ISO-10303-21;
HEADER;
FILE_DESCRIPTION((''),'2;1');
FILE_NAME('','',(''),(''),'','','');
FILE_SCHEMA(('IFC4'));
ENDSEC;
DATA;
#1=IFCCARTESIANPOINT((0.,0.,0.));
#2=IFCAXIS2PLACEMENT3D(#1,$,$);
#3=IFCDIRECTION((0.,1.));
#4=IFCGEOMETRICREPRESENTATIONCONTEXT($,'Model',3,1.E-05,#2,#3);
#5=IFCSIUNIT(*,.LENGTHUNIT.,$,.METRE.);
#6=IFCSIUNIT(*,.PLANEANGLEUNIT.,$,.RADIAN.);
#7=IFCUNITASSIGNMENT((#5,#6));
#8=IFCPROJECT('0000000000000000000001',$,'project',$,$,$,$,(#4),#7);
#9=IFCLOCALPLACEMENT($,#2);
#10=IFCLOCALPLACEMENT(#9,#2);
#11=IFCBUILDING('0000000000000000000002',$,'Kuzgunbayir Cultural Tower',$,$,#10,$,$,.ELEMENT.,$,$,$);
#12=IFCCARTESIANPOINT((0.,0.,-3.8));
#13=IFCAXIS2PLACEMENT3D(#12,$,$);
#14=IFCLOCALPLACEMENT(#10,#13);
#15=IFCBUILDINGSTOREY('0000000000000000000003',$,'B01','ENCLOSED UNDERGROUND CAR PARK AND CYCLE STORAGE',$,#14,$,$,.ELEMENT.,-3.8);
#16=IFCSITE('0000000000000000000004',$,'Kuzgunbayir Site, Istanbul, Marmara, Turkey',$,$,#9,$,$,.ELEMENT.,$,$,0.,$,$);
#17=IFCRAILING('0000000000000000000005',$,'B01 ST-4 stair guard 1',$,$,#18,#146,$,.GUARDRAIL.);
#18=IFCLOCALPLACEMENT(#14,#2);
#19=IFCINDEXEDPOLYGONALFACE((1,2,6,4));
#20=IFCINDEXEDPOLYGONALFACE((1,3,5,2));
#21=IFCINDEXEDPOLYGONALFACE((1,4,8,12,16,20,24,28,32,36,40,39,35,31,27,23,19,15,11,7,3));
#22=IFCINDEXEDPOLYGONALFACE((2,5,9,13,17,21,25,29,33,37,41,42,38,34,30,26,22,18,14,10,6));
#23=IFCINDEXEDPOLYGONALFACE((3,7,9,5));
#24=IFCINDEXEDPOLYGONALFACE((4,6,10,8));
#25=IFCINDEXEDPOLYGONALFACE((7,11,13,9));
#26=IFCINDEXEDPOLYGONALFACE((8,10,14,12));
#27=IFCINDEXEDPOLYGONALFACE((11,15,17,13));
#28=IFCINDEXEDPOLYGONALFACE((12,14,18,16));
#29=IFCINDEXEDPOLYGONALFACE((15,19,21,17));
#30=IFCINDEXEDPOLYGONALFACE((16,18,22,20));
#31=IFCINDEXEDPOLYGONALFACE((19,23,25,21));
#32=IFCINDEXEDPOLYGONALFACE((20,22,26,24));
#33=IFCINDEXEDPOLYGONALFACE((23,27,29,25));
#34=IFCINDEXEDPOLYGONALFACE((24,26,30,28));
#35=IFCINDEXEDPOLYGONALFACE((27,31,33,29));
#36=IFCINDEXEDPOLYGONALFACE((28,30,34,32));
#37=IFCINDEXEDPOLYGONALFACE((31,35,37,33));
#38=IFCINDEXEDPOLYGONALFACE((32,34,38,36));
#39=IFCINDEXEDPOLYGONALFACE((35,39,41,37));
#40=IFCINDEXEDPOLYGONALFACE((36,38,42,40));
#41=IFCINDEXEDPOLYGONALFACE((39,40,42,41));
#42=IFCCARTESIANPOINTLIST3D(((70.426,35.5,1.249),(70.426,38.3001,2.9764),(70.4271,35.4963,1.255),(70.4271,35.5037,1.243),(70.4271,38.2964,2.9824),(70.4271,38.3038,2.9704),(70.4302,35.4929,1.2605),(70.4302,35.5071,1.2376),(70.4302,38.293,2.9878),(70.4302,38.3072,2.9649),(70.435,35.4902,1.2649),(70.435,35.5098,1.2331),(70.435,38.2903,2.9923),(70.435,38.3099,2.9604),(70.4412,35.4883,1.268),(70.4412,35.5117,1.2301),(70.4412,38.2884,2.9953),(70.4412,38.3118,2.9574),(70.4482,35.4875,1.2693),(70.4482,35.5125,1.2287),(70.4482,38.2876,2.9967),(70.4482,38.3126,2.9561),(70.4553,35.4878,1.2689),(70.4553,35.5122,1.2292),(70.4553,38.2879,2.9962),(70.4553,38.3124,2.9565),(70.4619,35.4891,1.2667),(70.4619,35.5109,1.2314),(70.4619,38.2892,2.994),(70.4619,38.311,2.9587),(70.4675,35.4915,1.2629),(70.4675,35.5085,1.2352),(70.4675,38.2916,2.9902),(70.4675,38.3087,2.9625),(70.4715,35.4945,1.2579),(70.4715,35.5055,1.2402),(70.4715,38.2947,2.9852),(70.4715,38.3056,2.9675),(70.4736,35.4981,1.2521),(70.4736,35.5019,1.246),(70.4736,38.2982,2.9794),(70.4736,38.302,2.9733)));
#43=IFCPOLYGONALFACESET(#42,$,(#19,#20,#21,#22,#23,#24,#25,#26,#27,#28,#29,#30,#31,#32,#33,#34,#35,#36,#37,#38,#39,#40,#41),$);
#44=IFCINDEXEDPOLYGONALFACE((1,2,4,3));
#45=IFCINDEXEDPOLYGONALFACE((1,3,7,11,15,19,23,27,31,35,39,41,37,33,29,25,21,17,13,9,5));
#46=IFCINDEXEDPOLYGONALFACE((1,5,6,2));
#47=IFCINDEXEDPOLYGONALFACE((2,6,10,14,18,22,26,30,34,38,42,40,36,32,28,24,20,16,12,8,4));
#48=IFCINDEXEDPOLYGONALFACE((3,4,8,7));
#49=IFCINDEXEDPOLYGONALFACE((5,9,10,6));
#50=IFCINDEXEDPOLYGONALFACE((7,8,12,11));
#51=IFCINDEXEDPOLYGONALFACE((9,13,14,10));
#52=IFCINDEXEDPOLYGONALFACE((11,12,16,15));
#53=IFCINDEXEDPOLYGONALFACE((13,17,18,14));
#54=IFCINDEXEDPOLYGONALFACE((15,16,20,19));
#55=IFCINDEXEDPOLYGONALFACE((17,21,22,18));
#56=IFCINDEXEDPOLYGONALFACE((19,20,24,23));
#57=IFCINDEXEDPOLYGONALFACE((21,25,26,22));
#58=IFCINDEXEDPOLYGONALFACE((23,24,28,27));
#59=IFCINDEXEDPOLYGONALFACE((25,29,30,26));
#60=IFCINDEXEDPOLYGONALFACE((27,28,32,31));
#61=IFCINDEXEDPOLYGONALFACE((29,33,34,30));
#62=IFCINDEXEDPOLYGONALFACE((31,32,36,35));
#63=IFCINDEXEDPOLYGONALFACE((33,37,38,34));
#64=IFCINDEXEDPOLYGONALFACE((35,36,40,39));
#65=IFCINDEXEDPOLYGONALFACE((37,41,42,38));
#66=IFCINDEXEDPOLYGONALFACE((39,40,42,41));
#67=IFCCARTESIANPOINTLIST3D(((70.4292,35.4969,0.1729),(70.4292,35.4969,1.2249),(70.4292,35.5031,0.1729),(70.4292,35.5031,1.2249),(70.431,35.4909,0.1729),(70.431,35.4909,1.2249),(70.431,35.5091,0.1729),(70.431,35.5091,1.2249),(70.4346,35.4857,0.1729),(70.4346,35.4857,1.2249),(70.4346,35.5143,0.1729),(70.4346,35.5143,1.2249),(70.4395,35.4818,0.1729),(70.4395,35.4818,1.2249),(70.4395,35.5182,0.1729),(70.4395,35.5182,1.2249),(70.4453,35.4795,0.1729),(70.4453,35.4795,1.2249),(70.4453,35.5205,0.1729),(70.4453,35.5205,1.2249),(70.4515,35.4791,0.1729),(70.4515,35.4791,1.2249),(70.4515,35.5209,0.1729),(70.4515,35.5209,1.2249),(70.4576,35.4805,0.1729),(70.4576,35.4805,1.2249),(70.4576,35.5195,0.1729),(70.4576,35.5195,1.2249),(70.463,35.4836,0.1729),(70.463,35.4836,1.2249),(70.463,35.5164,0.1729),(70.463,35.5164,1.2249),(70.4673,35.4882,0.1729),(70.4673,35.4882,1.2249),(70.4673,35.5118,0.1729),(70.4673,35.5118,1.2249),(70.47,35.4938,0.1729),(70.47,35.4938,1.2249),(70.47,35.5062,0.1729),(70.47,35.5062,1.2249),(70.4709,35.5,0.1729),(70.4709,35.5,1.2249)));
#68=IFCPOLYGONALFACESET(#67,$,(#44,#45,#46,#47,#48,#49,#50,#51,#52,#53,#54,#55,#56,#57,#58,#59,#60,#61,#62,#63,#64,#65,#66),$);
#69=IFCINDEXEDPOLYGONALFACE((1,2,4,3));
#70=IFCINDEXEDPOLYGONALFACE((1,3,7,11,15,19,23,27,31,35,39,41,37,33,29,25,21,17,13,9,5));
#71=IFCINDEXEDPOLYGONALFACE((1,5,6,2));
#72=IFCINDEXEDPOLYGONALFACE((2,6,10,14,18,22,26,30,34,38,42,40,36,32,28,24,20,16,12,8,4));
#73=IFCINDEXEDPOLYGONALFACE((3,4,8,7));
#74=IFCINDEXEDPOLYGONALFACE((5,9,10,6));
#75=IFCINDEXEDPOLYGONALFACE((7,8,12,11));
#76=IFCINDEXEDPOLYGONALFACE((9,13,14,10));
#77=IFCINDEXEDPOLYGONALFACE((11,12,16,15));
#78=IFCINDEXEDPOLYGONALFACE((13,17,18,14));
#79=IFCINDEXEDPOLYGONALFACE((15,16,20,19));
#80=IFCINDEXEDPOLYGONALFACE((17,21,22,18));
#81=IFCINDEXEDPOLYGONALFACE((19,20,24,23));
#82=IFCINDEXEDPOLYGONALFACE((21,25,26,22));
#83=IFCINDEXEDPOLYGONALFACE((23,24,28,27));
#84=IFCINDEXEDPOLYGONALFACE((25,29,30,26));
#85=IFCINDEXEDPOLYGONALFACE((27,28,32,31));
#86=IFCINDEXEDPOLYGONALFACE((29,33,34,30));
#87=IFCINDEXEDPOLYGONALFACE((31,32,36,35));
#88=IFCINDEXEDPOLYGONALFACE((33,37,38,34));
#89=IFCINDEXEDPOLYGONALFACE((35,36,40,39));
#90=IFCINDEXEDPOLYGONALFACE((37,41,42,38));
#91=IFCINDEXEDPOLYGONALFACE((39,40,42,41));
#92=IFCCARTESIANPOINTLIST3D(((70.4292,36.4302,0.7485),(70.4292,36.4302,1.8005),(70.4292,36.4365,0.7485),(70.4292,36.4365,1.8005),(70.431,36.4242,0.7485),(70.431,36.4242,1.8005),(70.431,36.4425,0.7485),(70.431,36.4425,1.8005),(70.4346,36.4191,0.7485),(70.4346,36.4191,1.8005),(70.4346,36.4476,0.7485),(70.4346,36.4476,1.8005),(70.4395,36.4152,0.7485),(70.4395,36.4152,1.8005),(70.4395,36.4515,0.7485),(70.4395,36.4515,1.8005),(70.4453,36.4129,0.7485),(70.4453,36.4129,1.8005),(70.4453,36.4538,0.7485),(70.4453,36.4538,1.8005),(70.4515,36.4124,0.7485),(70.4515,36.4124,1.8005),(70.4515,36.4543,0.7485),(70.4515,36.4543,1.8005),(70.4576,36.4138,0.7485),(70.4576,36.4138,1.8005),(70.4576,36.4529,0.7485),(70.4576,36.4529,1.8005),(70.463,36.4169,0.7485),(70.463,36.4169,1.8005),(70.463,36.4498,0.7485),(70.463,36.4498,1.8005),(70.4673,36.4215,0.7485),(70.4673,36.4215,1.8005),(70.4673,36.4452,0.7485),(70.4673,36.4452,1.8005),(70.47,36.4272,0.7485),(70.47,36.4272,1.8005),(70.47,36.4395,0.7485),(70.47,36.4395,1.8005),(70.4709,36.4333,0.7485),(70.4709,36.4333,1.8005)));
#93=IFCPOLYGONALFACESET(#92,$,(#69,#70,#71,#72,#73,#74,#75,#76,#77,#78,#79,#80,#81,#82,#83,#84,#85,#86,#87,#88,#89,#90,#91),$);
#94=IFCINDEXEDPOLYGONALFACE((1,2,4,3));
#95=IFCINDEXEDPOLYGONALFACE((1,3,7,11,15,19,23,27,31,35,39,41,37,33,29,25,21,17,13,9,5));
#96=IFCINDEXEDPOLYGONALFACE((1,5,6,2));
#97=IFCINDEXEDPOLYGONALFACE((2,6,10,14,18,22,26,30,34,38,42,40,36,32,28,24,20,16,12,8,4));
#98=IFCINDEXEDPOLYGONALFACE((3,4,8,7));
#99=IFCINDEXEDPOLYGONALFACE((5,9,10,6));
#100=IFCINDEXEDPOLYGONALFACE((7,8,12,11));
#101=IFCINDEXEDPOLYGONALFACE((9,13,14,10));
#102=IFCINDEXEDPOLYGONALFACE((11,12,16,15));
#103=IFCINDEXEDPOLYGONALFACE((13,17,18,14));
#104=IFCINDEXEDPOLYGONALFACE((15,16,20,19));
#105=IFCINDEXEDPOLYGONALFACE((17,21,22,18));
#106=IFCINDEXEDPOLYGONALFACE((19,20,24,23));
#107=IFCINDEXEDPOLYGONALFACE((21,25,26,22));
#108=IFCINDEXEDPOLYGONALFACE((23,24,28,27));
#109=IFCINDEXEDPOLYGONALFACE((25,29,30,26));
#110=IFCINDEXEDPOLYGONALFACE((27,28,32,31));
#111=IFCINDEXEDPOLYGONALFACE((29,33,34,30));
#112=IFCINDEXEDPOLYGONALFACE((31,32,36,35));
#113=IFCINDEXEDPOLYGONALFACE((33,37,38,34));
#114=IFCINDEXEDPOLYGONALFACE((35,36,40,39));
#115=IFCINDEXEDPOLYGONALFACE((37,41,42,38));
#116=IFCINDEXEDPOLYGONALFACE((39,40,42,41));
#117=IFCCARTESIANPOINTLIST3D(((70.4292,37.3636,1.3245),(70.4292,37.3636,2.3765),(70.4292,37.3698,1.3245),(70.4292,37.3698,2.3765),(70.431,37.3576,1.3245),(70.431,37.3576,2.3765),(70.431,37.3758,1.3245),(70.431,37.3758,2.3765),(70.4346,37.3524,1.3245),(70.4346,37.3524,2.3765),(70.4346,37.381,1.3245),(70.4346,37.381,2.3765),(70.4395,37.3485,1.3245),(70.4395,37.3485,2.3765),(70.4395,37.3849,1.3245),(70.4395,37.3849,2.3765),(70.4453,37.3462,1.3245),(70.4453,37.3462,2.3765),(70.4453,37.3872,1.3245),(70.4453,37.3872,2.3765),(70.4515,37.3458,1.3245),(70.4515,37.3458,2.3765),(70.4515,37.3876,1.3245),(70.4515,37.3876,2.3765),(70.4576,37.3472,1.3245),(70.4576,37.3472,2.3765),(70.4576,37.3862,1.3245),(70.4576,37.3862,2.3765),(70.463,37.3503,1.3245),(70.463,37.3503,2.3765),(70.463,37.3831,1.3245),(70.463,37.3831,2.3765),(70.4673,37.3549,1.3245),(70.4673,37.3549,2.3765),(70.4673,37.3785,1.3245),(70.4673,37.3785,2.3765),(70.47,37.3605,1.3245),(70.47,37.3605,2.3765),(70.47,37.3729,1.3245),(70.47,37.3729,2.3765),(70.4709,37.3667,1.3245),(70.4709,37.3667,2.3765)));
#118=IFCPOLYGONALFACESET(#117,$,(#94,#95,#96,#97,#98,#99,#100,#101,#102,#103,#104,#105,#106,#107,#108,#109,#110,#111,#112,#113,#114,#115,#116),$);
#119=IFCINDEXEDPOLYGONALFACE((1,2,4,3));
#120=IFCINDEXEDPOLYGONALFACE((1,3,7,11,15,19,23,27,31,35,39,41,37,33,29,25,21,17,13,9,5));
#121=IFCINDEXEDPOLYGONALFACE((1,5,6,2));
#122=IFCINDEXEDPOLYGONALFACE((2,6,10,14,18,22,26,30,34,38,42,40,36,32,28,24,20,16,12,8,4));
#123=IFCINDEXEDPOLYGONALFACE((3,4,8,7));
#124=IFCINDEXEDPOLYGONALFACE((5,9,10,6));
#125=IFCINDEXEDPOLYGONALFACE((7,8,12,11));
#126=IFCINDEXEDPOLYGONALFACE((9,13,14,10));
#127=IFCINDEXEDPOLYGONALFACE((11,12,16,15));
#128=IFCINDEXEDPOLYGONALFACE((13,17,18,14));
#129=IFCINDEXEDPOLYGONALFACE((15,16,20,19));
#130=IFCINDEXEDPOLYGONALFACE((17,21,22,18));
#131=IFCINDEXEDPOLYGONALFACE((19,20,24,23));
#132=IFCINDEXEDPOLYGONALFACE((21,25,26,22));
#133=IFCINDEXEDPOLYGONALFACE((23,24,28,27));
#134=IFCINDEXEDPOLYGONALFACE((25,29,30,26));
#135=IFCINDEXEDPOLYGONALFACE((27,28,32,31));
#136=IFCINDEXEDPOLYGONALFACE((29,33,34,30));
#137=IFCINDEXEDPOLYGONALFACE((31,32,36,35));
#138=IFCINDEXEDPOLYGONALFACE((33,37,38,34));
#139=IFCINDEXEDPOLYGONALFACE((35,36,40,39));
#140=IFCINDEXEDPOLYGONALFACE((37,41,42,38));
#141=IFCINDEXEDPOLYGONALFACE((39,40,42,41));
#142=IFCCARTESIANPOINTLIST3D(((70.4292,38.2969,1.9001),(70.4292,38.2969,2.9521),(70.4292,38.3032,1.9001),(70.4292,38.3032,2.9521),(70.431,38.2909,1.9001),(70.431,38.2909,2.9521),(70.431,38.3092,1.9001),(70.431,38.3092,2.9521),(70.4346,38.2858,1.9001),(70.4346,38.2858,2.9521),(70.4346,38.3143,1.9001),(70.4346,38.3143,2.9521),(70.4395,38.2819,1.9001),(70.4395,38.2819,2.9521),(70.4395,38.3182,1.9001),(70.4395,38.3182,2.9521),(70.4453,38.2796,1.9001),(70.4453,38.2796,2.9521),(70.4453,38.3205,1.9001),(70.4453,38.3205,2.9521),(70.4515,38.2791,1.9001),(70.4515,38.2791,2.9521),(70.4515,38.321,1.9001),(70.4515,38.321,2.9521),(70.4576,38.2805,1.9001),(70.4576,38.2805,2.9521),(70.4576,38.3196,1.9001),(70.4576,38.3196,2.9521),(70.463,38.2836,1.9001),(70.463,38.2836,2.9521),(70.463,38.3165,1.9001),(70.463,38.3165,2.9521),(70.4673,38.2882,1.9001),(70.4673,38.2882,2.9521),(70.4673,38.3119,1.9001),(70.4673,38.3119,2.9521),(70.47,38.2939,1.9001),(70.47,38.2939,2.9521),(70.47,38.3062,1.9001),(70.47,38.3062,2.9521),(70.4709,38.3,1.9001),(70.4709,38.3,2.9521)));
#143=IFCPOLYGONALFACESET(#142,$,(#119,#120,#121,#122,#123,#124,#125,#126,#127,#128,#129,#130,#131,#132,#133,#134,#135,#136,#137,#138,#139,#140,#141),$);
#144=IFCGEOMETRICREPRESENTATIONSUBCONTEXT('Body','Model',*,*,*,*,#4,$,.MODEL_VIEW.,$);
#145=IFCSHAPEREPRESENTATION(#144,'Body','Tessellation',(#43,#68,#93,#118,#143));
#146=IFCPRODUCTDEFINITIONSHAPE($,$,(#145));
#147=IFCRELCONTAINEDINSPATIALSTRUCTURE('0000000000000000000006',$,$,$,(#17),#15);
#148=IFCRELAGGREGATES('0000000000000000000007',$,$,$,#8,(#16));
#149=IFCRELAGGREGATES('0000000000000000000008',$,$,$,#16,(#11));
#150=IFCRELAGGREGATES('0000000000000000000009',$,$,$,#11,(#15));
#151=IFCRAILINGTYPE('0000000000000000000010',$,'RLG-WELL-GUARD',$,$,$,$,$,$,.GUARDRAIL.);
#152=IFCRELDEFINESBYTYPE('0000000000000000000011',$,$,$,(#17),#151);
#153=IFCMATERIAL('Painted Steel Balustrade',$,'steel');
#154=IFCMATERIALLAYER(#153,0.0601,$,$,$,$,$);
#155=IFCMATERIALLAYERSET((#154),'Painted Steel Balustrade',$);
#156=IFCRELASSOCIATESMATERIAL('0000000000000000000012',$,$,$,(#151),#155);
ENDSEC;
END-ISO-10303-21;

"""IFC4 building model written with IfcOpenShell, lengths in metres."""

from ifc_helpers import new_model, si_unit, direction, frame, origin, origin_2d, place, context, subcontext, project, spatial, circle, extrude, material, layer, layer_set, type_object, element, save


model = new_model("IFC4")

# Units and contexts
model_context = context("Model", 3, precision=1e-05, world=origin(), true_north=direction((0.0, 1.0)))
body_context = subcontext(model_context, "Body", "Model", "MODEL_VIEW")
ifc_project = project(units=[si_unit("LENGTHUNIT", "METRE"), si_unit("PLANEANGLEUNIT", "RADIAN")], contexts=[model_context])

# Site, building, storey
site_placement = place(None, origin())
site = spatial("IfcSite", under=ifc_project, at=site_placement, Name="Kuzgunbayir Site, Istanbul, Marmara, Turkey", CompositionType="ELEMENT", RefElevation=0.0)
building_placement = place(site_placement, origin())
building = spatial("IfcBuilding", under=site, at=building_placement, Name="Kuzgunbayir Cultural Tower", CompositionType="ELEMENT")
storey_placement = place(building_placement, frame((0.0, 0.0, -3.8)))
storey = spatial("IfcBuildingStorey", under=building, at=storey_placement, Name="B01", Description="ENCLOSED UNDERGROUND CAR PARK AND CYCLE STORAGE", CompositionType="ELEMENT", Elevation=-3.8)

# Railing
ifc_material_1 = material(Name="Painted Steel Balustrade", Category="steel")
ifc_layer_1 = layer(ifc_material_1, 0.0601)
ifc_layer_set_1 = layer_set([ifc_layer_1], Name="Painted Steel Balustrade")
railing_type = type_object("IfcRailingType", Name="RLG-WELL-GUARD", PredefinedType="GUARDRAIL", material=ifc_layer_set_1)
railing_1_placement = place(storey_placement, frame((70.45, 35.5, 0.1729)))
element("IfcRailing", 1, at=railing_1_placement, inside=storey, type_object=railing_type, Name="B01 ST-4 stair guard 1", PredefinedType="GUARDRAIL", context=body_context, shape_type="SweptSolid", body=[
    extrude(circle(Radius=0.0239, at=origin_2d()), frame((0.0, 0.0, 1.0762), z_axis=(0.0, 0.85109, 0.52502), x_axis=(-1.0, 0.0, 0.0)), (0.0, 0.0, 1.0), 3.29),
    extrude(circle(Radius=0.021, at=origin_2d()), origin(), (0.0, 0.0, 1.0), 1.052),
    extrude(circle(Radius=0.021, at=origin_2d()), frame((0.0, 0.9333, 0.5757)), (0.0, 0.0, 1.0), 1.052),
    extrude(circle(Radius=0.021, at=origin_2d()), frame((0.0, 1.8667, 1.1516)), (0.0, 0.0, 1.0), 1.052),
    extrude(circle(Radius=0.021, at=origin_2d()), frame((0.0, 2.8, 1.7273)), (0.0, 0.0, 1.0), 1.052),
])

save(model, "model.ifc")
